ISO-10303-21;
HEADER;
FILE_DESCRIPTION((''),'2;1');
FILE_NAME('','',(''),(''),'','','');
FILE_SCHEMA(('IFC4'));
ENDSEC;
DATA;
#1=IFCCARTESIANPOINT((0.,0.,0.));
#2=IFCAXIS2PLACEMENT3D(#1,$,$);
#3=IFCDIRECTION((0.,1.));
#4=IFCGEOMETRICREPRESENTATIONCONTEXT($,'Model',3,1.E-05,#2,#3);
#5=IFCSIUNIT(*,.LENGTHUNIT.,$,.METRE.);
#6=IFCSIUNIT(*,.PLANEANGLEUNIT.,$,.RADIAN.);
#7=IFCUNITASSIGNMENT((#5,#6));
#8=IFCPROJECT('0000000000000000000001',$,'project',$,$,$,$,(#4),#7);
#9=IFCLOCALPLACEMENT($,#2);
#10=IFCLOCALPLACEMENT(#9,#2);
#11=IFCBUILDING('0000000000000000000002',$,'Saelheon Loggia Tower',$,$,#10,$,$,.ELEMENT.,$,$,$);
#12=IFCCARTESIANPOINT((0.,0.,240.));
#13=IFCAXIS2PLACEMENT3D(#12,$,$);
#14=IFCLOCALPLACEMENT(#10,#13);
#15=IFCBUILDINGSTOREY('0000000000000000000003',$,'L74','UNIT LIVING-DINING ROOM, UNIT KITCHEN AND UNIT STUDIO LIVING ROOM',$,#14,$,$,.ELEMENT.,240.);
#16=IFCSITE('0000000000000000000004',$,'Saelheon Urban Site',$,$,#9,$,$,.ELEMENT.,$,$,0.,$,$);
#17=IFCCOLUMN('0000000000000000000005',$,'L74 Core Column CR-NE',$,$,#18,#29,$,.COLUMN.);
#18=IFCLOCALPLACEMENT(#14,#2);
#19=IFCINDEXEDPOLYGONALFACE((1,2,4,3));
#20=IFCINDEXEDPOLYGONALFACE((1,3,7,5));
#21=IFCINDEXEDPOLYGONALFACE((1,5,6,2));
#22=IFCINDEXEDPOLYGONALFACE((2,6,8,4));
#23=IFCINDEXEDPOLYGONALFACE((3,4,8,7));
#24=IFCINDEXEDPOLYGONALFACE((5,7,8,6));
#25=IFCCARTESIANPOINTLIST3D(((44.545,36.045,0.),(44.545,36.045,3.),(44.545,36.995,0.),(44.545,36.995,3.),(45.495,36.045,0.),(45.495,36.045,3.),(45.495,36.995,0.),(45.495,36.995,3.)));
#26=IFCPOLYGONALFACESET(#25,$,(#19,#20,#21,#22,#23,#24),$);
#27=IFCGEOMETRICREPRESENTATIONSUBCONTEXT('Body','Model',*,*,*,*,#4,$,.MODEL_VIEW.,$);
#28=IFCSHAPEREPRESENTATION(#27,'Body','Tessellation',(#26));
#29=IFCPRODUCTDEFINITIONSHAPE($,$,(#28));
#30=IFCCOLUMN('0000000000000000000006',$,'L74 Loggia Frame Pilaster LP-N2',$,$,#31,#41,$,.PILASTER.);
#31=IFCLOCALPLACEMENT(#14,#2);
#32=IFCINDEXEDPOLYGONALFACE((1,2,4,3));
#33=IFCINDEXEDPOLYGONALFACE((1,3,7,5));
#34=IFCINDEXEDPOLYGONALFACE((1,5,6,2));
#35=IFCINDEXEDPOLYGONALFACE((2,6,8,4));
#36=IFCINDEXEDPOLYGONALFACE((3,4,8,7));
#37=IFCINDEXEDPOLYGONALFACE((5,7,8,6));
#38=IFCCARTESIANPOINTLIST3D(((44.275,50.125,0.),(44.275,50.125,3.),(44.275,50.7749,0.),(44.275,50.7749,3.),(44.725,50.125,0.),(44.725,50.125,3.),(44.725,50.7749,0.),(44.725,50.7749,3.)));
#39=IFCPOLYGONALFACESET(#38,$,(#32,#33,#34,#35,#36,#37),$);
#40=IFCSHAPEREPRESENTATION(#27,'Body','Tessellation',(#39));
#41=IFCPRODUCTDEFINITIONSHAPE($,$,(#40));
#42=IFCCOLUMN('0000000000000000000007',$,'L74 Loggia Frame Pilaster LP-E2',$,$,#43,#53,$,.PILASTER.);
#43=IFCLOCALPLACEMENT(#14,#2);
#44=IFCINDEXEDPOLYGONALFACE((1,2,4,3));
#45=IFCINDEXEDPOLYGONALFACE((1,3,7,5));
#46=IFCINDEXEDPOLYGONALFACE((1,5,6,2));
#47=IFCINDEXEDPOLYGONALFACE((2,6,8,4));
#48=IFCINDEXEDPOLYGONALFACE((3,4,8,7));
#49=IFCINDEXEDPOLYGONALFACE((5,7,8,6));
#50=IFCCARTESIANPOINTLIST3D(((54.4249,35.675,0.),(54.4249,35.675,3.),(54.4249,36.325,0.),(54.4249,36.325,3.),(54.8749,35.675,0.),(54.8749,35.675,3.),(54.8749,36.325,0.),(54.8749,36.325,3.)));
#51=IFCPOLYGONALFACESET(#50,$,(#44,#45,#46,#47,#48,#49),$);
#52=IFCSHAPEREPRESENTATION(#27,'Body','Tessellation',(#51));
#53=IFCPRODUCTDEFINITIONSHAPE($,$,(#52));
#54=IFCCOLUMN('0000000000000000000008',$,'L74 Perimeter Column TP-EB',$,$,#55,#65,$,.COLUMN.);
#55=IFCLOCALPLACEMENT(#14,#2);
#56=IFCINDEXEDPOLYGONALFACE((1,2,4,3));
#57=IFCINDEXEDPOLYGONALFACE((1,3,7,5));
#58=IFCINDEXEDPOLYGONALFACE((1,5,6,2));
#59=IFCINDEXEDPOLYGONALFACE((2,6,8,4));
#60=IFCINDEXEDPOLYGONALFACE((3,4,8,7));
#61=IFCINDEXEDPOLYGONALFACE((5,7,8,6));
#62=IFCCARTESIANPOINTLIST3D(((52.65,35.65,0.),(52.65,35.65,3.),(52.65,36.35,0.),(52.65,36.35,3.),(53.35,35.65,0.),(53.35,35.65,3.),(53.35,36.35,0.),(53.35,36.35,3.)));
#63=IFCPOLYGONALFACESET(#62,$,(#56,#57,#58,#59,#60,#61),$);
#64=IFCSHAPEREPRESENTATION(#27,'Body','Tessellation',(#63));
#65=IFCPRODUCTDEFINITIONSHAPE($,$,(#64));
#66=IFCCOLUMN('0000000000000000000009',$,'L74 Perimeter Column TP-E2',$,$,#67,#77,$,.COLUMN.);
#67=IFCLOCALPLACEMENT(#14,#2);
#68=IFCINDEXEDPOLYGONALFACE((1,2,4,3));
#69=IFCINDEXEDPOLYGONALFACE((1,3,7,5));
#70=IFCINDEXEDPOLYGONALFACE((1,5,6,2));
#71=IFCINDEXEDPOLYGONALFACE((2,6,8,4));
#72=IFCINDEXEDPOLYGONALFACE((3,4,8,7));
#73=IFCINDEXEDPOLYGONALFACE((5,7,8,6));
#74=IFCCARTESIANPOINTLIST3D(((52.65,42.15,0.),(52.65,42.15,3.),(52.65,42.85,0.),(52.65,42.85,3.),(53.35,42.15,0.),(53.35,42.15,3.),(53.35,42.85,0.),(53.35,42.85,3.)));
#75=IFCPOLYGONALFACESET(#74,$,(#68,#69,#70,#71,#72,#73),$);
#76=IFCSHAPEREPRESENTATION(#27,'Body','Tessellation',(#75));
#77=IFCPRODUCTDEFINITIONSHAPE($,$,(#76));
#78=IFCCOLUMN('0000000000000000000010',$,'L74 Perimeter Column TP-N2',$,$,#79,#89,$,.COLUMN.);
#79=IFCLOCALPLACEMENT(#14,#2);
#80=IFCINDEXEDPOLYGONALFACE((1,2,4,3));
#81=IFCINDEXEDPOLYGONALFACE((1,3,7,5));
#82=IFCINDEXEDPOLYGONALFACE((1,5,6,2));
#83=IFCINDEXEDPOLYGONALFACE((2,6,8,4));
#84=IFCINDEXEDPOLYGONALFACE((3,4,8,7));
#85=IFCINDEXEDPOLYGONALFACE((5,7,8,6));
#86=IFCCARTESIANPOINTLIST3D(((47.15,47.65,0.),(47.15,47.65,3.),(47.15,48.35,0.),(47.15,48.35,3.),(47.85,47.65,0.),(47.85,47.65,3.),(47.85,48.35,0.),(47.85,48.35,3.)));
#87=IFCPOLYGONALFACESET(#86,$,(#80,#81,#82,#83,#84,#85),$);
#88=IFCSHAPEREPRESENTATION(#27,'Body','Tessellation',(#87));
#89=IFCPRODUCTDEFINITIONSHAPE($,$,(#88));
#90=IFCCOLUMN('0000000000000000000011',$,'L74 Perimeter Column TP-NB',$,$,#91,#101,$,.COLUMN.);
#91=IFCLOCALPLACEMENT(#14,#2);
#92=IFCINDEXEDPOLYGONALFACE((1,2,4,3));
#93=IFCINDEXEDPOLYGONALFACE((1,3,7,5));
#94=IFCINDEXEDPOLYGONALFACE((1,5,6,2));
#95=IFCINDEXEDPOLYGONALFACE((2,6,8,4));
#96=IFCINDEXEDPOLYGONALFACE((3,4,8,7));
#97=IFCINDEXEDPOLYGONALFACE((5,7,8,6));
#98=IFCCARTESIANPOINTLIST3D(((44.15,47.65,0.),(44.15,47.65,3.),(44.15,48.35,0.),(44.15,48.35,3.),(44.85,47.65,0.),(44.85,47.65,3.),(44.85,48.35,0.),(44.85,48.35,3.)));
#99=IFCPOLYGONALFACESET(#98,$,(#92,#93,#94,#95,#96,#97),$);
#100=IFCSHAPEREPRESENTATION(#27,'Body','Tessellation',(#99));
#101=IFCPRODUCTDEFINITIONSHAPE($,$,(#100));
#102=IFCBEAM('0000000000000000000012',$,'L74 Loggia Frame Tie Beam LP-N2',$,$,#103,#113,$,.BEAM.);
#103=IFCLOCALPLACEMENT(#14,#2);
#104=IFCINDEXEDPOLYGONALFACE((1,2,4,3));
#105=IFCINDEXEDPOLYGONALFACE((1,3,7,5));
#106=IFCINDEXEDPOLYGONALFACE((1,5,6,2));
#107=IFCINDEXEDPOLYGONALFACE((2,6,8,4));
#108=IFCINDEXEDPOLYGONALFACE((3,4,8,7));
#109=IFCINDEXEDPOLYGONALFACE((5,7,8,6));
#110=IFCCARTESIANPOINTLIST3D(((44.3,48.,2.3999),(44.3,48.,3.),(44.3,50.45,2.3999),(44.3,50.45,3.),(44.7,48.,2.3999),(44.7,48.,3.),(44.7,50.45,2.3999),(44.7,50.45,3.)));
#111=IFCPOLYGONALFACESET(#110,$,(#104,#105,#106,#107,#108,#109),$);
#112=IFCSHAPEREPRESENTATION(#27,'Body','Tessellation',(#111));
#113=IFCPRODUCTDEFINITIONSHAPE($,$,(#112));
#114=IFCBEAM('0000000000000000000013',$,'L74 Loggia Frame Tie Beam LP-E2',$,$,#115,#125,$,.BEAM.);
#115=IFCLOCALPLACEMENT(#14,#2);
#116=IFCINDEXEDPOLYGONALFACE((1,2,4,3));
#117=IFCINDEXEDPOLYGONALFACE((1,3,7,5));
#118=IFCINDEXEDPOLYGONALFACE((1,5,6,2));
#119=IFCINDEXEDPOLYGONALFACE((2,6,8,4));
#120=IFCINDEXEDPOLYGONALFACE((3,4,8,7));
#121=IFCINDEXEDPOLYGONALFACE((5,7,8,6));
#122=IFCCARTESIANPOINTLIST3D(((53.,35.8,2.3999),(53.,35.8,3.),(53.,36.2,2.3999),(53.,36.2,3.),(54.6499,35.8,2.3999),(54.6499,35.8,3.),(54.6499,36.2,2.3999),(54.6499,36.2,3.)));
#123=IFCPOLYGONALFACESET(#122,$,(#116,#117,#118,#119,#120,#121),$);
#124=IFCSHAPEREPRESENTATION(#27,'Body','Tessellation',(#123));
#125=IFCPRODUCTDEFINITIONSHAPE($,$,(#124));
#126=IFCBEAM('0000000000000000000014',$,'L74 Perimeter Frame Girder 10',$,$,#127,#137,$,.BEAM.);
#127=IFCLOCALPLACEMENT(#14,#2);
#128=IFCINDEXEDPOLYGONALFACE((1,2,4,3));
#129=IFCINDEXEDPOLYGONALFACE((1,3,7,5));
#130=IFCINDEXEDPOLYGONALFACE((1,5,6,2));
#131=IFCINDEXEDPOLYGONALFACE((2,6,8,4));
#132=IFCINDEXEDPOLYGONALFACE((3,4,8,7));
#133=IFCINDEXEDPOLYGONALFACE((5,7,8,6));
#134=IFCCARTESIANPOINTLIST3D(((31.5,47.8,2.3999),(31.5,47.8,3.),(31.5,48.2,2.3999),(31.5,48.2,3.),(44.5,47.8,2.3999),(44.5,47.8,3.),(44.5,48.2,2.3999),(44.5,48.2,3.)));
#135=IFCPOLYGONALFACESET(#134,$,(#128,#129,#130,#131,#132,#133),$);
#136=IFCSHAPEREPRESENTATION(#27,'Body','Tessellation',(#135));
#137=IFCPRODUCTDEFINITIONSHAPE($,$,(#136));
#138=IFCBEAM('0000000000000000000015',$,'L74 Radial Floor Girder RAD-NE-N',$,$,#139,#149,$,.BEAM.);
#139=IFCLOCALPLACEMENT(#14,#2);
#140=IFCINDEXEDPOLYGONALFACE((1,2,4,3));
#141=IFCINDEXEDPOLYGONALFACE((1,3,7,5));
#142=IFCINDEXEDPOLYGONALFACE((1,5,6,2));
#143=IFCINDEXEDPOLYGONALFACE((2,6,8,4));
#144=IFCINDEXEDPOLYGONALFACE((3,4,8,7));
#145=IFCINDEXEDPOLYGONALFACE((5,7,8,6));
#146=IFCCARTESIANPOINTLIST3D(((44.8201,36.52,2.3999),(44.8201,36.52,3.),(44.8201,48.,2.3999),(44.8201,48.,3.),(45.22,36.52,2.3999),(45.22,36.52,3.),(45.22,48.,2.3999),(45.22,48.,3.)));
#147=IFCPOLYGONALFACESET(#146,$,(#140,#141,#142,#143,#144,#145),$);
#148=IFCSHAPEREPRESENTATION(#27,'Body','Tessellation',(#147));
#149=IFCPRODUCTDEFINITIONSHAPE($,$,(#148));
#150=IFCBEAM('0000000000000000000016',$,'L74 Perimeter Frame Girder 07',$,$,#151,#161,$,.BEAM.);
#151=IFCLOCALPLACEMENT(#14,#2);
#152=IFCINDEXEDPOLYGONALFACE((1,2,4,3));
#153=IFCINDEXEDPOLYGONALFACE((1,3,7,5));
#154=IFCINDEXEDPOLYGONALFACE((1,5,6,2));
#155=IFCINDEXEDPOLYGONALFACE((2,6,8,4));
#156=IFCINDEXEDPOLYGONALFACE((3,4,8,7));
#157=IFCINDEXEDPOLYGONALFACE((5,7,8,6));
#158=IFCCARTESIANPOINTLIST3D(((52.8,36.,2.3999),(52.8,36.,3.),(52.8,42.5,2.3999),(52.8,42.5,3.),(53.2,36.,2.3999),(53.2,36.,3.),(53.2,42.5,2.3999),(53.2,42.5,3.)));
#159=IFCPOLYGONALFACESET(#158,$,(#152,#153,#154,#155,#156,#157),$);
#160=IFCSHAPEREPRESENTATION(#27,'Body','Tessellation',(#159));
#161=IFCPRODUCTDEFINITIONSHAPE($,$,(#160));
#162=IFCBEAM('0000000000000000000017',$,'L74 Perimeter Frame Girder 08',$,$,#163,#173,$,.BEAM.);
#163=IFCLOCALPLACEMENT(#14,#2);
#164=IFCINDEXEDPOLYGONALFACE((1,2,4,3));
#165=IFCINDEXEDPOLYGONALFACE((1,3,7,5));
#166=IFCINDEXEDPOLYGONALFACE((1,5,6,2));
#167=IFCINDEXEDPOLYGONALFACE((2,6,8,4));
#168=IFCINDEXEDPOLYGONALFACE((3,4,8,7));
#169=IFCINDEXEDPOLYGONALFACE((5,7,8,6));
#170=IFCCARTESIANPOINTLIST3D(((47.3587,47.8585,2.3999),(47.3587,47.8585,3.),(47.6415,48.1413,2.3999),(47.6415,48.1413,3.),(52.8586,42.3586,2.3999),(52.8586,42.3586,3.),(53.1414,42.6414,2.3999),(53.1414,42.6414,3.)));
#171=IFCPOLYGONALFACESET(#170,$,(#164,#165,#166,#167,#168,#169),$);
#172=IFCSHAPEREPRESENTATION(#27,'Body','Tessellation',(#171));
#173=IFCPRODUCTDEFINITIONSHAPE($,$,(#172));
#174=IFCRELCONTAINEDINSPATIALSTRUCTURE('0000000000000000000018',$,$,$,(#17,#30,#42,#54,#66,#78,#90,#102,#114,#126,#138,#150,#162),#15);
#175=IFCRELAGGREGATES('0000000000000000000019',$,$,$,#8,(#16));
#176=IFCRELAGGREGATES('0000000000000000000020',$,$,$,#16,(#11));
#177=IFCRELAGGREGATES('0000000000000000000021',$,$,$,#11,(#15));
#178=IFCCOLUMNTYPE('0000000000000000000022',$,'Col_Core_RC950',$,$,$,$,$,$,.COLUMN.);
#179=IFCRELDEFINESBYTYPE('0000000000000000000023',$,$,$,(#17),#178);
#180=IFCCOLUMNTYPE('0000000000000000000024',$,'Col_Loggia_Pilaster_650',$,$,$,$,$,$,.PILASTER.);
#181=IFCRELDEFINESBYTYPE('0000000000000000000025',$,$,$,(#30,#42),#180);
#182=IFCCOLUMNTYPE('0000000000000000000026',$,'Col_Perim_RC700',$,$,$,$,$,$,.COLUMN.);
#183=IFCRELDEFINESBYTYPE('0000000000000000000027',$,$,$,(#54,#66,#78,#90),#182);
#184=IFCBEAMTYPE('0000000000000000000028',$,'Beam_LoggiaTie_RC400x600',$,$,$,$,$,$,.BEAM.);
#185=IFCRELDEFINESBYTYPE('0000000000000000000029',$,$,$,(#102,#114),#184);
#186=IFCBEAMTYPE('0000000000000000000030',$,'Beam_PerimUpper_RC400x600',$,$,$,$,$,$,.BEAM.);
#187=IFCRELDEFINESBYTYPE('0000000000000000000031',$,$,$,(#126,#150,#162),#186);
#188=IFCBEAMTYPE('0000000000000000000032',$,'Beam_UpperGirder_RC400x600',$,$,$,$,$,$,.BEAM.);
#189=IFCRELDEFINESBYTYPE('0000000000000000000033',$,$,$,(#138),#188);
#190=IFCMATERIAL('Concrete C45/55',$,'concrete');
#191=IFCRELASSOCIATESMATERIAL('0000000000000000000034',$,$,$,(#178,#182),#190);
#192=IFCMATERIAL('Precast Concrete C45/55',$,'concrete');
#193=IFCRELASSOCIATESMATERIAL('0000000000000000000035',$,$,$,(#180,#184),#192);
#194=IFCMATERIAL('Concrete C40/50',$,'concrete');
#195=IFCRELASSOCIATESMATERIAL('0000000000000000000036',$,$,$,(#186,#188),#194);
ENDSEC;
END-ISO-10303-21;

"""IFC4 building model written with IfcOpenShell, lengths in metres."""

from ifc_helpers import new_model, si_unit, direction, frame, origin, origin_2d, place, context, subcontext, project, spatial, rectangle, extrude, source, transform, mapped, material, material_profile, profile_set, type_object, element, save


model = new_model("IFC4")

# Units and contexts
model_context = context("Model", 3, precision=1e-05, world=origin(), true_north=direction((0.0, 1.0)))
body_context = subcontext(model_context, "Body", "Model", "MODEL_VIEW")
ifc_project = project(units=[si_unit("LENGTHUNIT", "METRE"), si_unit("PLANEANGLEUNIT", "RADIAN")], contexts=[model_context])

# Site, building, storey
site_placement = place(None, origin())
site = spatial("IfcSite", under=ifc_project, at=site_placement, Name="Saelheon Urban Site", CompositionType="ELEMENT", RefElevation=0.0)
building_placement = place(site_placement, origin())
building = spatial("IfcBuilding", under=site, at=building_placement, Name="Saelheon Loggia Tower", CompositionType="ELEMENT")
storey_placement = place(building_placement, frame((0.0, 0.0, 240.0)))
storey = spatial("IfcBuildingStorey", under=building, at=storey_placement, Name="L74", Description="UNIT LIVING-DINING ROOM, UNIT KITCHEN AND UNIT STUDIO LIVING ROOM", CompositionType="ELEMENT", Elevation=240.0)

# Columns
ifc_material_1 = material(Name="Concrete C45/55", Category="concrete")
ifc_material_profile_1 = material_profile(ifc_material_1, rectangle(XDim=0.95, YDim=0.95, at=origin_2d()), Name="RC-950x950")
ifc_profile_set_1 = profile_set([ifc_material_profile_1], Name="Concrete C45/55")
column_type_1 = type_object("IfcColumnType", Name="Col_Core_RC950", PredefinedType="COLUMN", material=ifc_profile_set_1)
shared_shape_1 = source(origin(), body_context, "Body", "SweptSolid", [
    extrude(rectangle(XDim=0.95, YDim=0.95, at=origin_2d()), origin(), (0.0, 0.0, 1.0), 3.0),
])
column_placement = place(storey_placement, frame((45.02, 36.52, 0.0), z_axis=(0.0, 0.0, 1.0), x_axis=(1.0, 0.0, 0.0)))
element("IfcColumn", 1, at=column_placement, inside=storey, type_object=column_type_1, Name="L74 Core Column CR-NE", PredefinedType="COLUMN", context=body_context, shape_type="MappedRepresentation", body=[
    mapped(shared_shape_1, transform((0.0, 0.0, 0.0), scale=1.0)),
])
ifc_material_2 = material(Name="Precast Concrete C45/55", Category="concrete")
ifc_material_profile_2 = material_profile(ifc_material_2, rectangle(XDim=0.45, YDim=0.6499, at=origin_2d()), Name="RC-450x650")
ifc_profile_set_2 = profile_set([ifc_material_profile_2], Name="Precast Concrete C45/55")
column_type_2 = type_object("IfcColumnType", Name="Col_Loggia_Pilaster_650", PredefinedType="PILASTER", material=ifc_profile_set_2)
shared_shape_2 = source(origin(), body_context, "Body", "SweptSolid", [
    extrude(rectangle(XDim=0.45, YDim=0.6499, at=origin_2d()), origin(), (0.0, 0.0, 1.0), 3.0),
])
for number, where, z_axis, x_axis, name in (
    (2, (44.5, 50.45, 0.0), (0.0, 0.0, 1.0), (1.0, 0.0, 0.0), "L74 Loggia Frame Pilaster LP-N2"),
    (3, (54.6499, 36.0, 0.0), (0.0, 0.0, 1.0), (1.0, 0.0, 0.0), "L74 Loggia Frame Pilaster LP-E2"),
):
    element("IfcColumn", number, at=place(storey_placement, frame(where, z_axis=z_axis, x_axis=x_axis)), inside=storey, type_object=column_type_2, Name=name, PredefinedType="PILASTER", context=body_context, shape_type="MappedRepresentation", body=[
        mapped(shared_shape_2, transform((0.0, 0.0, 0.0), scale=1.0)),
    ])
ifc_material_profile_3 = material_profile(ifc_material_1, rectangle(XDim=0.7, YDim=0.7, at=origin_2d()), Name="RC-700x700")
ifc_profile_set_3 = profile_set([ifc_material_profile_3], Name="Concrete C45/55")
column_type_3 = type_object("IfcColumnType", Name="Col_Perim_RC700", PredefinedType="COLUMN", material=ifc_profile_set_3)
shared_shape_3 = source(origin(), body_context, "Body", "SweptSolid", [
    extrude(rectangle(XDim=0.7, YDim=0.7, at=origin_2d()), origin(), (0.0, 0.0, 1.0), 3.0),
])
for number, where, z_axis, x_axis, name in (
    (4, (53.0, 36.0, 0.0), (0.0, 0.0, 1.0), (1.0, 0.0, 0.0), "L74 Perimeter Column TP-EB"),
    (5, (53.0, 42.5, 0.0), (0.0, 0.0, 1.0), (1.0, 0.0, 0.0), "L74 Perimeter Column TP-E2"),
    (6, (47.5, 48.0, 0.0), (0.0, 0.0, 1.0), (1.0, 0.0, 0.0), "L74 Perimeter Column TP-N2"),
    (7, (44.5, 48.0, 0.0), (0.0, 0.0, 1.0), (1.0, 0.0, 0.0), "L74 Perimeter Column TP-NB"),
):
    element("IfcColumn", number, at=place(storey_placement, frame(where, z_axis=z_axis, x_axis=x_axis)), inside=storey, type_object=column_type_3, Name=name, PredefinedType="COLUMN", context=body_context, shape_type="MappedRepresentation", body=[
        mapped(shared_shape_3, transform((0.0, 0.0, 0.0), scale=1.0)),
    ])

# Beams
ifc_material_profile_4 = material_profile(ifc_material_2, rectangle(XDim=0.3999, YDim=0.6001, at=origin_2d()), Name="RC-400x600")
ifc_profile_set_4 = profile_set([ifc_material_profile_4], Name="Precast Concrete C45/55")
beam_type_1 = type_object("IfcBeamType", Name="Beam_LoggiaTie_RC400x600", PredefinedType="BEAM", material=ifc_profile_set_4)
shared_shape_4 = source(origin(), body_context, "Body", "SweptSolid", [
    extrude(rectangle(XDim=0.3999, YDim=0.6001, at=origin_2d()), origin(), (0.0, 0.0, 1.0), 2.45),
])
beam_1_placement = place(storey_placement, frame((44.5, 48.0, 2.7), z_axis=(0.0, 1.0, 0.0), x_axis=(-1.0, 0.0, 0.0)))
element("IfcBeam", 8, at=beam_1_placement, inside=storey, type_object=beam_type_1, Name="L74 Loggia Frame Tie Beam LP-N2", PredefinedType="BEAM", context=body_context, shape_type="MappedRepresentation", body=[
    mapped(shared_shape_4, transform((0.0, 0.0, 0.0), scale=1.0)),
])
shared_shape_5 = source(origin(), body_context, "Body", "SweptSolid", [
    extrude(rectangle(XDim=0.3999, YDim=0.6001, at=origin_2d()), origin(), (0.0, 0.0, 1.0), 1.6499),
])
beam_2_placement = place(storey_placement, frame((53.0, 36.0, 2.7), z_axis=(1.0, 0.0, 0.0), x_axis=(0.0, 1.0, 0.0)))
element("IfcBeam", 9, at=beam_2_placement, inside=storey, type_object=beam_type_1, Name="L74 Loggia Frame Tie Beam LP-E2", PredefinedType="BEAM", context=body_context, shape_type="MappedRepresentation", body=[
    mapped(shared_shape_5, transform((0.0, 0.0, 0.0), scale=1.0)),
])
ifc_material_3 = material(Name="Concrete C40/50", Category="concrete")
ifc_material_profile_5 = material_profile(ifc_material_3, rectangle(XDim=0.3999, YDim=0.6001, at=origin_2d()), Name="RC-400x600")
ifc_profile_set_5 = profile_set([ifc_material_profile_5], Name="Concrete C40/50")
beam_type_2 = type_object("IfcBeamType", Name="Beam_PerimUpper_RC400x600", PredefinedType="BEAM", material=ifc_profile_set_5)
shared_shape_6 = source(origin(), body_context, "Body", "SweptSolid", [
    extrude(rectangle(XDim=0.3999, YDim=0.6001, at=origin_2d()), origin(), (0.0, 0.0, 1.0), 13.0),
])
beam_3_placement = place(storey_placement, frame((44.5, 48.0, 2.7), z_axis=(-1.0, 0.0, 0.0), x_axis=(0.0, -1.0, 0.0)))
element("IfcBeam", 10, at=beam_3_placement, inside=storey, type_object=beam_type_2, Name="L74 Perimeter Frame Girder 10", PredefinedType="BEAM", context=body_context, shape_type="MappedRepresentation", body=[
    mapped(shared_shape_6, transform((0.0, 0.0, 0.0), scale=1.0)),
])
ifc_material_profile_6 = material_profile(ifc_material_3, rectangle(XDim=0.3999, YDim=0.6001, at=origin_2d()), Name="RC-400x600")
ifc_profile_set_6 = profile_set([ifc_material_profile_6], Name="Concrete C40/50")
beam_type_3 = type_object("IfcBeamType", Name="Beam_UpperGirder_RC400x600", PredefinedType="BEAM", material=ifc_profile_set_6)
shared_shape_7 = source(origin(), body_context, "Body", "SweptSolid", [
    extrude(rectangle(XDim=0.3999, YDim=0.6001, at=origin_2d()), origin(), (0.0, 0.0, 1.0), 11.48),
])
beam_4_placement = place(storey_placement, frame((45.02, 36.52, 2.7), z_axis=(0.0, 1.0, 0.0), x_axis=(-1.0, 0.0, 0.0)))
element("IfcBeam", 11, at=beam_4_placement, inside=storey, type_object=beam_type_3, Name="L74 Radial Floor Girder RAD-NE-N", PredefinedType="BEAM", context=body_context, shape_type="MappedRepresentation", body=[
    mapped(shared_shape_7, transform((0.0, 0.0, 0.0), scale=1.0)),
])
shared_shape_8 = source(origin(), body_context, "Body", "SweptSolid", [
    extrude(rectangle(XDim=0.3999, YDim=0.6001, at=origin_2d()), origin(), (0.0, 0.0, 1.0), 6.5),
])
beam_5_placement = place(storey_placement, frame((53.0, 36.0, 2.7), z_axis=(0.0, 1.0, 0.0), x_axis=(-1.0, 0.0, 0.0)))
element("IfcBeam", 12, at=beam_5_placement, inside=storey, type_object=beam_type_2, Name="L74 Perimeter Frame Girder 07", PredefinedType="BEAM", context=body_context, shape_type="MappedRepresentation", body=[
    mapped(shared_shape_8, transform((0.0, 0.0, 0.0), scale=1.0)),
])
shared_shape_9 = source(origin(), body_context, "Body", "SweptSolid", [
    extrude(rectangle(XDim=0.3999, YDim=0.6001, at=origin_2d()), origin(), (0.0, 0.0, 1.0), 7.7781),
])
beam_6_placement = place(storey_placement, frame((53.0, 42.5, 2.7), z_axis=(-0.707107, 0.707107, 0.0), x_axis=(-0.707107, -0.707107, 0.0)))
element("IfcBeam", 13, at=beam_6_placement, inside=storey, type_object=beam_type_2, Name="L74 Perimeter Frame Girder 08", PredefinedType="BEAM", context=body_context, shape_type="MappedRepresentation", body=[
    mapped(shared_shape_9, transform((0.0, 0.0, 0.0), scale=1.0)),
])

save(model, "model.ifc")
